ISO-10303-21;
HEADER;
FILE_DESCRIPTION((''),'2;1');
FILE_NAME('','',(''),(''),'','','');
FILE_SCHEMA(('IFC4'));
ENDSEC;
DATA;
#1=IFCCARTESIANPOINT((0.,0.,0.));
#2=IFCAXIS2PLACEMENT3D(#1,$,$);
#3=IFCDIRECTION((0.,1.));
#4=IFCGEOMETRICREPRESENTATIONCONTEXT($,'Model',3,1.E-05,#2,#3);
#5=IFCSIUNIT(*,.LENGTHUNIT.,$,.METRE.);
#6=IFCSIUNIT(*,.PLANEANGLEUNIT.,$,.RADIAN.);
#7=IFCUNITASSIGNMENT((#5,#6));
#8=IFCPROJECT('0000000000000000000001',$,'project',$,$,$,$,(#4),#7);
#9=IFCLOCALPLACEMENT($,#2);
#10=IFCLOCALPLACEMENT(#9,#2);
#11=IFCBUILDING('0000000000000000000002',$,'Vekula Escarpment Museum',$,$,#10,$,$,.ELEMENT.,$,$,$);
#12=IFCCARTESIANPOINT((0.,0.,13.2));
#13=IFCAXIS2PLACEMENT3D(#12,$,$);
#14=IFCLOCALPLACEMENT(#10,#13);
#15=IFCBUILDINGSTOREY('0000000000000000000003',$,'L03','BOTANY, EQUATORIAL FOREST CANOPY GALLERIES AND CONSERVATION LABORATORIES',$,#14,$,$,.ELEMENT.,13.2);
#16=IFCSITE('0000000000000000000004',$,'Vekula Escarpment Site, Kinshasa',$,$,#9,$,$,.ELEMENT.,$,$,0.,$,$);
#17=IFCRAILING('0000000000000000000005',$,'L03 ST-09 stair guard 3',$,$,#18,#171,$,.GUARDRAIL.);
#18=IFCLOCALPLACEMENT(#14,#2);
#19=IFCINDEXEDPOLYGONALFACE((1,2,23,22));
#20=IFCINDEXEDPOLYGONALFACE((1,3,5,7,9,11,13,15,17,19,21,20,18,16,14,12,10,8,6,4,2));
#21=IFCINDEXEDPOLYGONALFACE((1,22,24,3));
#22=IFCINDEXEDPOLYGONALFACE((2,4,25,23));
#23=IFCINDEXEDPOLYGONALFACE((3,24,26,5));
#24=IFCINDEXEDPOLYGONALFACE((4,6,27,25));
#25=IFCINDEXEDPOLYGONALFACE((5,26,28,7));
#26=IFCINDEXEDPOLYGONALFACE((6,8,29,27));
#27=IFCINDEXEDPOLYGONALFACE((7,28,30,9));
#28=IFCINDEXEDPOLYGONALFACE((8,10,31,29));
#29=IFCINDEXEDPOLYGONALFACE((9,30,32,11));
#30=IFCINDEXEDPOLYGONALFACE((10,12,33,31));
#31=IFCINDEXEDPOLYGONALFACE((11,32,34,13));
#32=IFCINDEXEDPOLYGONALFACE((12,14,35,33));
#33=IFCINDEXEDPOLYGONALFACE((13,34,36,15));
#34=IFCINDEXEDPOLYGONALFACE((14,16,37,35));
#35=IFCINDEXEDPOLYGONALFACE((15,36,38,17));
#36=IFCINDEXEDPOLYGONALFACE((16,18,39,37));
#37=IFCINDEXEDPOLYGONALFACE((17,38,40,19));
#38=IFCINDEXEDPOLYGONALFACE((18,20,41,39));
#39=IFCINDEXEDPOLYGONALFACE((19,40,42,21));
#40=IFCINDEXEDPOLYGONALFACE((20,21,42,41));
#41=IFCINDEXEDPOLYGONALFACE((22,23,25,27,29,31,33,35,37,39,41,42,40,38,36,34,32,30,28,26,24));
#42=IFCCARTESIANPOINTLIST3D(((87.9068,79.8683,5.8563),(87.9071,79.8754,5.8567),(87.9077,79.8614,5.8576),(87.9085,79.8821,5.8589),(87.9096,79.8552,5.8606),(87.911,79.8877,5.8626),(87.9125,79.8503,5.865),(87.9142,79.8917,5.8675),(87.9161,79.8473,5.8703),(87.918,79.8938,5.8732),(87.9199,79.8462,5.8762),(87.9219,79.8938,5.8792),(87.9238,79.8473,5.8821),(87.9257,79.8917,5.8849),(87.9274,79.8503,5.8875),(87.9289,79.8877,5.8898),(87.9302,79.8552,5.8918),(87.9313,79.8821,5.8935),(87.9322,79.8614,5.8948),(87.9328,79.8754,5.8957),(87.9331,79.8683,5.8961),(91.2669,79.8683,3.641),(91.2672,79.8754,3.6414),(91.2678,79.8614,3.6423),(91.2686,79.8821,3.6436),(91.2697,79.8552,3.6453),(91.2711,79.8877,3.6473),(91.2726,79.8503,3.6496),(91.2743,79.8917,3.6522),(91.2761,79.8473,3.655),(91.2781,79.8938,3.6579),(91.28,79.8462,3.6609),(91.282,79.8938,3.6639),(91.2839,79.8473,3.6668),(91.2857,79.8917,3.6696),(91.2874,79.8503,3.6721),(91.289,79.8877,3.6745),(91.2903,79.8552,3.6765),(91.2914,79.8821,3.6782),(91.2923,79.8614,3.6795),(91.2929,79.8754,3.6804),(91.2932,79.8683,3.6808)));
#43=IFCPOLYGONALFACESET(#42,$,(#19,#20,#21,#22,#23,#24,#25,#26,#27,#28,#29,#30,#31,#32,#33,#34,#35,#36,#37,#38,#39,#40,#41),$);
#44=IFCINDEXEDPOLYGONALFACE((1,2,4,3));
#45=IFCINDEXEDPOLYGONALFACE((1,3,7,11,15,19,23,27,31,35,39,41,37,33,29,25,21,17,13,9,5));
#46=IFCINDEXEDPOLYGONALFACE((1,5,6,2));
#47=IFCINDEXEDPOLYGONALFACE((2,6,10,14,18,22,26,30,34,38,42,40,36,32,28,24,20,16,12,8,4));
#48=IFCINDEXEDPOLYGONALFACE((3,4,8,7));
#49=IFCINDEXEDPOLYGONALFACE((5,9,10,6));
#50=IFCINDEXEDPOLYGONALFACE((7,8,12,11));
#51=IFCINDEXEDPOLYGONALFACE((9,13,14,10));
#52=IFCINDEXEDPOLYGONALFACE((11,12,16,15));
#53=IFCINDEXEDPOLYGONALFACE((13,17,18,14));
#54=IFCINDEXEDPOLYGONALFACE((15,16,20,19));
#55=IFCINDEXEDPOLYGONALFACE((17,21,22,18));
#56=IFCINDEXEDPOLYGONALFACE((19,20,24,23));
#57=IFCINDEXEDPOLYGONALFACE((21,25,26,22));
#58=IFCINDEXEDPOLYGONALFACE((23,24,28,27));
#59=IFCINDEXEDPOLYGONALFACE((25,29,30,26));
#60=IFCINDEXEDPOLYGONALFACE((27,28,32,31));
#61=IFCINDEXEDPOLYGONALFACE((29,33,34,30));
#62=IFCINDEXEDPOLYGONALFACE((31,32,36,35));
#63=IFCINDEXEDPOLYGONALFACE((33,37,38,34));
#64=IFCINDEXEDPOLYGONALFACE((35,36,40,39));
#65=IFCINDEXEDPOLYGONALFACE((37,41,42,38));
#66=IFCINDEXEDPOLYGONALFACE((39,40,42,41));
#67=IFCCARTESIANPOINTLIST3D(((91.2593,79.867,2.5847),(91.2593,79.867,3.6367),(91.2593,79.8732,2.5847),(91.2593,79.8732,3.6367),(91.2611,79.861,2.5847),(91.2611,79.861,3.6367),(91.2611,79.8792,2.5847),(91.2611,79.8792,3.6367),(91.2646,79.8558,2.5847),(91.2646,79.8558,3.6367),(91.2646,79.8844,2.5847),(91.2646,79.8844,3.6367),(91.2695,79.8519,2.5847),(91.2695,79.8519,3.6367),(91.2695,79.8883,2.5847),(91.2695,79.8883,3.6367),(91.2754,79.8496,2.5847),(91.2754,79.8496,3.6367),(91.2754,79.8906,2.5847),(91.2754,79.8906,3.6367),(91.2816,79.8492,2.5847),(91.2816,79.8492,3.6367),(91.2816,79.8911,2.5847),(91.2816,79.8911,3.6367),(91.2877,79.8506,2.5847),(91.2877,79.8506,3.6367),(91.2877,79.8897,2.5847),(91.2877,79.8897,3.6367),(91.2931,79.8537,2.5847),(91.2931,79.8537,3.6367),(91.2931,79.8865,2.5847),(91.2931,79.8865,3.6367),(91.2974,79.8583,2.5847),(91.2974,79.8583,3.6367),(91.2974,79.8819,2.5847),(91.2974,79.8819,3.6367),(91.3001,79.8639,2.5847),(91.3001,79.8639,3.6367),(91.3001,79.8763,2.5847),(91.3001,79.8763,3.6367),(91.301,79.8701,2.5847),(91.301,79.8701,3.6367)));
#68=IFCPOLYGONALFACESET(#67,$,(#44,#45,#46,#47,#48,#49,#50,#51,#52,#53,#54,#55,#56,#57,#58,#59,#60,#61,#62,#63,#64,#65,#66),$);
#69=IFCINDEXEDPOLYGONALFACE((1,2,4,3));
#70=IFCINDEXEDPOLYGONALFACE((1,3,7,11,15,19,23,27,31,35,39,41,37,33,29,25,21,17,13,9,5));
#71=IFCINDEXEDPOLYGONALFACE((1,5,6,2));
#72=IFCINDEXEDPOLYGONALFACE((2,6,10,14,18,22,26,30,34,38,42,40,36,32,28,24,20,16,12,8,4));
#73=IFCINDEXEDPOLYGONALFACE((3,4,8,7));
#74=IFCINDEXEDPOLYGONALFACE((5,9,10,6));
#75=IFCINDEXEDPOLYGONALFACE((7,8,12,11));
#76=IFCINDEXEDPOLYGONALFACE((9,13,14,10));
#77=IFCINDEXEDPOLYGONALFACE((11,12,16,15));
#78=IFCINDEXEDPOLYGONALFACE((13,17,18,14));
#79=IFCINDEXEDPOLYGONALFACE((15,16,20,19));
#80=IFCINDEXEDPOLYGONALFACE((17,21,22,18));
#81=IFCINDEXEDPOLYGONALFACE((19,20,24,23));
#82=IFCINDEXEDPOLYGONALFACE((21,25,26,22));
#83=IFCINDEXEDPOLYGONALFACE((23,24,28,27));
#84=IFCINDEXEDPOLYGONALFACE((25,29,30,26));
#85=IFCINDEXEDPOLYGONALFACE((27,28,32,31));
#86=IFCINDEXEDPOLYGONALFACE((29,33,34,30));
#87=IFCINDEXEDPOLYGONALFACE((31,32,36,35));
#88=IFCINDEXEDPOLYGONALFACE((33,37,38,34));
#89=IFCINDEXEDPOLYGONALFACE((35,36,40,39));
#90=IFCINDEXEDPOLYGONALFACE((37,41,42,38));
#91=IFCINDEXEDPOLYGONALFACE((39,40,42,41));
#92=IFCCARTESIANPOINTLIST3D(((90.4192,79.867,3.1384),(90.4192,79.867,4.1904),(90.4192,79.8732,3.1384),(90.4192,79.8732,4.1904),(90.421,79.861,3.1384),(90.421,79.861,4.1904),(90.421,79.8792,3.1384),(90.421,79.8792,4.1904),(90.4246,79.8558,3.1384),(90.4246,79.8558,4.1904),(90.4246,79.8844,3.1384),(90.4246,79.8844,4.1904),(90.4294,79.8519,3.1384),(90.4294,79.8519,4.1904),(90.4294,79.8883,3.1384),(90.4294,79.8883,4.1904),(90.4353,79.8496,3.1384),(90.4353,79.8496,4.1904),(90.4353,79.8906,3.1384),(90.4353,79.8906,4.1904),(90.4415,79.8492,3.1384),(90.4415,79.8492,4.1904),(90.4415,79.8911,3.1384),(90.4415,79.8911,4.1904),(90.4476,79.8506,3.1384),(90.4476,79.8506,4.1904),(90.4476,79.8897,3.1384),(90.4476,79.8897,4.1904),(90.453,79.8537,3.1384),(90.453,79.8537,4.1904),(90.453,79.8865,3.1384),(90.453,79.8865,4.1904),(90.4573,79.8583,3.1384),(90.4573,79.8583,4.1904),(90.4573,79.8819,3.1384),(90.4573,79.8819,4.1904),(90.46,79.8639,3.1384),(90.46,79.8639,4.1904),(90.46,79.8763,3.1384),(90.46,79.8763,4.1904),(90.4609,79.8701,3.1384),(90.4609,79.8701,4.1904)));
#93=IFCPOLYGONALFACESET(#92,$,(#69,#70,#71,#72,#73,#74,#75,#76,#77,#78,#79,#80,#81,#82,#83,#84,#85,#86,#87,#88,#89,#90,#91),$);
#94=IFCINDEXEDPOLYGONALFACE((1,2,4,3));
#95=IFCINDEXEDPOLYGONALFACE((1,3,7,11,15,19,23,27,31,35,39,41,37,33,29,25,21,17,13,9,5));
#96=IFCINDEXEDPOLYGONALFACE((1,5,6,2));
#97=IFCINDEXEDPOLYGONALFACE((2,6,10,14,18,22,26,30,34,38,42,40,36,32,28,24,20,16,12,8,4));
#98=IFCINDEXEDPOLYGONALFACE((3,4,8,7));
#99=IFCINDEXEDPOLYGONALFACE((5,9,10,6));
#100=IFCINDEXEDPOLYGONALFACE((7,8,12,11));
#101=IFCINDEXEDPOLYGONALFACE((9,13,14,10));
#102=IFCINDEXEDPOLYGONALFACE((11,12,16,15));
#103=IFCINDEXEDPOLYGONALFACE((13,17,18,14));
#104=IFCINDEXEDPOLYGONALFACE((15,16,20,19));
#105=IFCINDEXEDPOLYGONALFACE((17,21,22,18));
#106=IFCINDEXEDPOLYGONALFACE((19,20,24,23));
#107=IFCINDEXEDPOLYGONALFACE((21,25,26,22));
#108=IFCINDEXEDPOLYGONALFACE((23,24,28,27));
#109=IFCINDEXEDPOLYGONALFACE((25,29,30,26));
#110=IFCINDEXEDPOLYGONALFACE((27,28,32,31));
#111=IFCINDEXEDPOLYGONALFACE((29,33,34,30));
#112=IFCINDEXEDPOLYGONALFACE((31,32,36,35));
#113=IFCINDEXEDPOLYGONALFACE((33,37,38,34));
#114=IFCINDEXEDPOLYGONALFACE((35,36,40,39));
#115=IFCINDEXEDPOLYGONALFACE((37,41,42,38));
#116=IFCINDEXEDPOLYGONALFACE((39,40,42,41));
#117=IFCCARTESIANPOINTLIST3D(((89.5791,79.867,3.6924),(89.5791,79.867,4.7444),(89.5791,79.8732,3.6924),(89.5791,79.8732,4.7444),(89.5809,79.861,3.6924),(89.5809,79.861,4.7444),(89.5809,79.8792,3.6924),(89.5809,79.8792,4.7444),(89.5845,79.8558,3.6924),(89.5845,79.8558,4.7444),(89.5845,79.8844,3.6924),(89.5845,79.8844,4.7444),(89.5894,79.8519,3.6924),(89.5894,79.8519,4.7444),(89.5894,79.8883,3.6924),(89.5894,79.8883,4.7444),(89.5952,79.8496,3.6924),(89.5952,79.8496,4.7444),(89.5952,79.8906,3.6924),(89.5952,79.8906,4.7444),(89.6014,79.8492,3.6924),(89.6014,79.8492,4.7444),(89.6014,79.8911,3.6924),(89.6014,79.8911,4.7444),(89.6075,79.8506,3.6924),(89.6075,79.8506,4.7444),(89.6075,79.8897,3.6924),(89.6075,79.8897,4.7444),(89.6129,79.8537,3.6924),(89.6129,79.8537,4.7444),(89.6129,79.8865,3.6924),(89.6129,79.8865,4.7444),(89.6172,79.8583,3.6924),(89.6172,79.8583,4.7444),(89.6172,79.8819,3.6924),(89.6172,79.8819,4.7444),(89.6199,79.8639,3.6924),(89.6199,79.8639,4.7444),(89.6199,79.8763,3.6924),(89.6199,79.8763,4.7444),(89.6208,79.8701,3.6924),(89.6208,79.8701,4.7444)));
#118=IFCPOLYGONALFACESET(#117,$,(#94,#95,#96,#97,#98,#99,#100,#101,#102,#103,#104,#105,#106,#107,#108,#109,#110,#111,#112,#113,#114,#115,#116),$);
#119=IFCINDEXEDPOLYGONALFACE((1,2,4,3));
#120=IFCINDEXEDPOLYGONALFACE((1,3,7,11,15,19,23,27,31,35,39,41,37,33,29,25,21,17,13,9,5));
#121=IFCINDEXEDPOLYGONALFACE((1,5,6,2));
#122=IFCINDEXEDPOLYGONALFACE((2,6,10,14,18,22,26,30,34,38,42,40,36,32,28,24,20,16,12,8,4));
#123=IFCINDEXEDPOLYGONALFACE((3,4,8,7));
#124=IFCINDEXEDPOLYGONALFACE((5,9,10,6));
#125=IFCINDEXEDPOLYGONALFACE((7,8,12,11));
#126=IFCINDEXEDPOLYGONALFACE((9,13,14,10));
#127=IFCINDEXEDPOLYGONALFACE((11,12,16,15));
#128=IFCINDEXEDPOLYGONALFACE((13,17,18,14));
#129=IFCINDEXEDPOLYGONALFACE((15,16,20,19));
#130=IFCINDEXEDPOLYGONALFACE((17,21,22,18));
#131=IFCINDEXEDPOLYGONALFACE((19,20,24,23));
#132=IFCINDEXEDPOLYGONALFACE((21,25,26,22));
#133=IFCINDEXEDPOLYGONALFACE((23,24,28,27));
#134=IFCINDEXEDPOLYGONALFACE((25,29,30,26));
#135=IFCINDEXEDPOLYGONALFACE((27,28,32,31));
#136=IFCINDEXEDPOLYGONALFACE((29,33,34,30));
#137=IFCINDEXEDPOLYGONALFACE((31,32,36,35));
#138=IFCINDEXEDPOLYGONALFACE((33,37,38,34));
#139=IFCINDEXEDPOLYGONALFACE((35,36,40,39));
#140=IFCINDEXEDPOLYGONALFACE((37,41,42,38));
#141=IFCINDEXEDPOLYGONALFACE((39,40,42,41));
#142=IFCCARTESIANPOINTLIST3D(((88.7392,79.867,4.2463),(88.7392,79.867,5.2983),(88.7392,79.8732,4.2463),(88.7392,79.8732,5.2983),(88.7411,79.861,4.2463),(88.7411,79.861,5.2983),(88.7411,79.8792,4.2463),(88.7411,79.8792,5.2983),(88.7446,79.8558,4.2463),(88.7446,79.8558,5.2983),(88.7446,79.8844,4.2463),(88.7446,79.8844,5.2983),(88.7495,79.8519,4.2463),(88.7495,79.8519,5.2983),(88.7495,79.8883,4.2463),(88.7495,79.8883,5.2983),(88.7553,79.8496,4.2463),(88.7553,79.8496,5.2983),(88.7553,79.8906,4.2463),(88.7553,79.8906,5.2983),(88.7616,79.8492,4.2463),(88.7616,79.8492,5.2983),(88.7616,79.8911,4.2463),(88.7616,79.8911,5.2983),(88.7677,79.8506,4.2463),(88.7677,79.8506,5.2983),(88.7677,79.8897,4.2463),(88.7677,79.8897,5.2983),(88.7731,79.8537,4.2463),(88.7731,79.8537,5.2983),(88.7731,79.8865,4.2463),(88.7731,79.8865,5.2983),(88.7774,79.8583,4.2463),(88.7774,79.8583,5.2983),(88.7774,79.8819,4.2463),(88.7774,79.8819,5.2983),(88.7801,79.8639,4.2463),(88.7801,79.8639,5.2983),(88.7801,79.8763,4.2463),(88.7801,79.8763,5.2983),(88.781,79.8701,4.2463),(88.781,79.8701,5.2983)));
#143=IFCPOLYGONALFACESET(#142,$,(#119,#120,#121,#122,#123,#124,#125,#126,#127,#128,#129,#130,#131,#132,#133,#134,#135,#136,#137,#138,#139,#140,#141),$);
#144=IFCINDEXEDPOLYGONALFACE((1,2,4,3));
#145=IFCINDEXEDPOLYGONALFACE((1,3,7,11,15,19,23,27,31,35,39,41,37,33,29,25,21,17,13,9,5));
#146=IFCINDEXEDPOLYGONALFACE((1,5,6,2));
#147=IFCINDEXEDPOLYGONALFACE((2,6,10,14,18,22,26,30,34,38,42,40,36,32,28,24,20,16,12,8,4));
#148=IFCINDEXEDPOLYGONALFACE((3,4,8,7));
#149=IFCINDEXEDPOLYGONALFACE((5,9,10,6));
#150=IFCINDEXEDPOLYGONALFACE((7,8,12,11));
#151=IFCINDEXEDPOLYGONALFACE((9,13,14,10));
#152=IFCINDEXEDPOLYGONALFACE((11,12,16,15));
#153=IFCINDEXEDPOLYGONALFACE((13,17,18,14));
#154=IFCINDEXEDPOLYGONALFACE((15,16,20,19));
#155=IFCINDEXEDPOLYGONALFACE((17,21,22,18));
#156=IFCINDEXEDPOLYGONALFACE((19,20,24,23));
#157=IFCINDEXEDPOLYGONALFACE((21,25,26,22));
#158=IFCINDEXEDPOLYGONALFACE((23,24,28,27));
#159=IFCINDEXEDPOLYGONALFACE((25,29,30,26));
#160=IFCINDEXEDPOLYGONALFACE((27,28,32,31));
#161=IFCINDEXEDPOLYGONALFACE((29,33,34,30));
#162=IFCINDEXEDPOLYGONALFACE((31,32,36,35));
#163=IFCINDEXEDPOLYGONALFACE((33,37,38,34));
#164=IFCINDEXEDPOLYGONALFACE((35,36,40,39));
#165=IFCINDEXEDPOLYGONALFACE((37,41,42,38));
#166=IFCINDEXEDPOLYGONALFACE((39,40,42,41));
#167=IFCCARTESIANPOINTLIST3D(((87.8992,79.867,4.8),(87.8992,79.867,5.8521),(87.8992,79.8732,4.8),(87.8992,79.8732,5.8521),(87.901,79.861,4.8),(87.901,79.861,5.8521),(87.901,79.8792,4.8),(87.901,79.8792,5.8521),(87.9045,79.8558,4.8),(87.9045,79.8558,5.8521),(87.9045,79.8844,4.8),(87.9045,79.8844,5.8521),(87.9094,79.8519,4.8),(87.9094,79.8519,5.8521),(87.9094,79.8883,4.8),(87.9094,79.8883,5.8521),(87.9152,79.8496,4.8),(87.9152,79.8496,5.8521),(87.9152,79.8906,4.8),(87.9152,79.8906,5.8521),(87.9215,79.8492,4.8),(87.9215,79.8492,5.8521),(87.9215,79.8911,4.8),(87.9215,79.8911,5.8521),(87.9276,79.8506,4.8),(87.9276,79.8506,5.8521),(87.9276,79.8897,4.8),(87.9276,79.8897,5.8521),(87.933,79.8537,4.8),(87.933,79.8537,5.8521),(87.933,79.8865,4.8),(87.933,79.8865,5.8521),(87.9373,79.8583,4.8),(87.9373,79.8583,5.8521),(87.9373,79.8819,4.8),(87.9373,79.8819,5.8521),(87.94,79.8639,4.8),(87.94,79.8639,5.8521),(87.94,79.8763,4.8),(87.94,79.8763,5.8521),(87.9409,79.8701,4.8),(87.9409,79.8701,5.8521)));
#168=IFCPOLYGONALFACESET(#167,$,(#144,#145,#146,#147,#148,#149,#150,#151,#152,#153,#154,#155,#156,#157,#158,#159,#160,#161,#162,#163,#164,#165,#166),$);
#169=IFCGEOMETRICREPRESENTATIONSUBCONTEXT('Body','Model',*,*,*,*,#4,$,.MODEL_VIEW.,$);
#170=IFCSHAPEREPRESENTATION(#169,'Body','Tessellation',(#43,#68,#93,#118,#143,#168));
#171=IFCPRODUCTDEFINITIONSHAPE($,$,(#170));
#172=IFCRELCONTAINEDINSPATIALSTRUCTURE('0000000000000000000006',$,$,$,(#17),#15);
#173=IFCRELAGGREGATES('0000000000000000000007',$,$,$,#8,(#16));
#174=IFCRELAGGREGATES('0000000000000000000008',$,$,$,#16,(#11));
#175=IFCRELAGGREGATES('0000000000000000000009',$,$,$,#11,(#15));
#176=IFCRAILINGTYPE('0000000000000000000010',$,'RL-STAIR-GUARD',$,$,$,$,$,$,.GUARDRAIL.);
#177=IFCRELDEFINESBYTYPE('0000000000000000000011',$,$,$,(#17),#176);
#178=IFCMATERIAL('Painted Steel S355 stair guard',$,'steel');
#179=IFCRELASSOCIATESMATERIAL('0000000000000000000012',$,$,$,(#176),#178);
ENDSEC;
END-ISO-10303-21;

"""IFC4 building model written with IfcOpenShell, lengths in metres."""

from ifc_helpers import new_model, si_unit, direction, frame, origin, origin_2d, place, context, subcontext, project, spatial, circle, extrude, material, type_object, element, save


model = new_model("IFC4")

# Units and contexts
model_context = context("Model", 3, precision=1e-05, world=origin(), true_north=direction((0.0, 1.0)))
body_context = subcontext(model_context, "Body", "Model", "MODEL_VIEW")
ifc_project = project(units=[si_unit("LENGTHUNIT", "METRE"), si_unit("PLANEANGLEUNIT", "RADIAN")], contexts=[model_context])

# Site, building, storey
site_placement = place(None, origin())
site = spatial("IfcSite", under=ifc_project, at=site_placement, Name="Vekula Escarpment Site, Kinshasa", CompositionType="ELEMENT", RefElevation=0.0)
building_placement = place(site_placement, origin())
building = spatial("IfcBuilding", under=site, at=building_placement, Name="Vekula Escarpment Museum", CompositionType="ELEMENT")
storey_placement = place(building_placement, frame((0.0, 0.0, 13.2)))
storey = spatial("IfcBuildingStorey", under=building, at=storey_placement, Name="L03", Description="BOTANY, EQUATORIAL FOREST CANOPY GALLERIES AND CONSERVATION LABORATORIES", CompositionType="ELEMENT", Elevation=13.2)

# Railing
ifc_material_1 = material(Name="Painted Steel S355 stair guard", Category="steel")
railing_type_1 = type_object("IfcRailingType", Name="RL-STAIR-GUARD", PredefinedType="GUARDRAIL", material=ifc_material_1)
railing_1_placement = place(storey_placement, frame((91.28, 79.8701, 2.5847)))
element("IfcRailing", 1, at=railing_1_placement, inside=storey, type_object=railing_type_1, Name="L03 ST-09 stair guard 3", PredefinedType="GUARDRAIL", context=body_context, shape_type="SweptSolid", body=[
    extrude(circle(Radius=0.0239, at=origin_2d()), frame((0.0, 0.0, 1.0762), z_axis=(-0.834876, 0.0, 0.550437), x_axis=(0.0, -1.0, 0.0)), (0.0, 0.0, 1.0), 4.0247),
    extrude(circle(Radius=0.021, at=origin_2d()), origin(), (0.0, 0.0, 1.0), 1.052),
    extrude(circle(Radius=0.021, at=origin_2d()), frame((-0.8401, 0.0, 0.5537)), (0.0, 0.0, 1.0), 1.052),
    extrude(circle(Radius=0.021, at=origin_2d()), frame((-1.6802, 0.0, 1.1077)), (0.0, 0.0, 1.0), 1.052),
    extrude(circle(Radius=0.021, at=origin_2d()), frame((-2.52, 0.0, 1.6616)), (0.0, 0.0, 1.0), 1.052),
    extrude(circle(Radius=0.021, at=origin_2d()), frame((-3.3601, 0.0, 2.2153)), (0.0, 0.0, 1.0), 1.052),
])

save(model, "model.ifc")
